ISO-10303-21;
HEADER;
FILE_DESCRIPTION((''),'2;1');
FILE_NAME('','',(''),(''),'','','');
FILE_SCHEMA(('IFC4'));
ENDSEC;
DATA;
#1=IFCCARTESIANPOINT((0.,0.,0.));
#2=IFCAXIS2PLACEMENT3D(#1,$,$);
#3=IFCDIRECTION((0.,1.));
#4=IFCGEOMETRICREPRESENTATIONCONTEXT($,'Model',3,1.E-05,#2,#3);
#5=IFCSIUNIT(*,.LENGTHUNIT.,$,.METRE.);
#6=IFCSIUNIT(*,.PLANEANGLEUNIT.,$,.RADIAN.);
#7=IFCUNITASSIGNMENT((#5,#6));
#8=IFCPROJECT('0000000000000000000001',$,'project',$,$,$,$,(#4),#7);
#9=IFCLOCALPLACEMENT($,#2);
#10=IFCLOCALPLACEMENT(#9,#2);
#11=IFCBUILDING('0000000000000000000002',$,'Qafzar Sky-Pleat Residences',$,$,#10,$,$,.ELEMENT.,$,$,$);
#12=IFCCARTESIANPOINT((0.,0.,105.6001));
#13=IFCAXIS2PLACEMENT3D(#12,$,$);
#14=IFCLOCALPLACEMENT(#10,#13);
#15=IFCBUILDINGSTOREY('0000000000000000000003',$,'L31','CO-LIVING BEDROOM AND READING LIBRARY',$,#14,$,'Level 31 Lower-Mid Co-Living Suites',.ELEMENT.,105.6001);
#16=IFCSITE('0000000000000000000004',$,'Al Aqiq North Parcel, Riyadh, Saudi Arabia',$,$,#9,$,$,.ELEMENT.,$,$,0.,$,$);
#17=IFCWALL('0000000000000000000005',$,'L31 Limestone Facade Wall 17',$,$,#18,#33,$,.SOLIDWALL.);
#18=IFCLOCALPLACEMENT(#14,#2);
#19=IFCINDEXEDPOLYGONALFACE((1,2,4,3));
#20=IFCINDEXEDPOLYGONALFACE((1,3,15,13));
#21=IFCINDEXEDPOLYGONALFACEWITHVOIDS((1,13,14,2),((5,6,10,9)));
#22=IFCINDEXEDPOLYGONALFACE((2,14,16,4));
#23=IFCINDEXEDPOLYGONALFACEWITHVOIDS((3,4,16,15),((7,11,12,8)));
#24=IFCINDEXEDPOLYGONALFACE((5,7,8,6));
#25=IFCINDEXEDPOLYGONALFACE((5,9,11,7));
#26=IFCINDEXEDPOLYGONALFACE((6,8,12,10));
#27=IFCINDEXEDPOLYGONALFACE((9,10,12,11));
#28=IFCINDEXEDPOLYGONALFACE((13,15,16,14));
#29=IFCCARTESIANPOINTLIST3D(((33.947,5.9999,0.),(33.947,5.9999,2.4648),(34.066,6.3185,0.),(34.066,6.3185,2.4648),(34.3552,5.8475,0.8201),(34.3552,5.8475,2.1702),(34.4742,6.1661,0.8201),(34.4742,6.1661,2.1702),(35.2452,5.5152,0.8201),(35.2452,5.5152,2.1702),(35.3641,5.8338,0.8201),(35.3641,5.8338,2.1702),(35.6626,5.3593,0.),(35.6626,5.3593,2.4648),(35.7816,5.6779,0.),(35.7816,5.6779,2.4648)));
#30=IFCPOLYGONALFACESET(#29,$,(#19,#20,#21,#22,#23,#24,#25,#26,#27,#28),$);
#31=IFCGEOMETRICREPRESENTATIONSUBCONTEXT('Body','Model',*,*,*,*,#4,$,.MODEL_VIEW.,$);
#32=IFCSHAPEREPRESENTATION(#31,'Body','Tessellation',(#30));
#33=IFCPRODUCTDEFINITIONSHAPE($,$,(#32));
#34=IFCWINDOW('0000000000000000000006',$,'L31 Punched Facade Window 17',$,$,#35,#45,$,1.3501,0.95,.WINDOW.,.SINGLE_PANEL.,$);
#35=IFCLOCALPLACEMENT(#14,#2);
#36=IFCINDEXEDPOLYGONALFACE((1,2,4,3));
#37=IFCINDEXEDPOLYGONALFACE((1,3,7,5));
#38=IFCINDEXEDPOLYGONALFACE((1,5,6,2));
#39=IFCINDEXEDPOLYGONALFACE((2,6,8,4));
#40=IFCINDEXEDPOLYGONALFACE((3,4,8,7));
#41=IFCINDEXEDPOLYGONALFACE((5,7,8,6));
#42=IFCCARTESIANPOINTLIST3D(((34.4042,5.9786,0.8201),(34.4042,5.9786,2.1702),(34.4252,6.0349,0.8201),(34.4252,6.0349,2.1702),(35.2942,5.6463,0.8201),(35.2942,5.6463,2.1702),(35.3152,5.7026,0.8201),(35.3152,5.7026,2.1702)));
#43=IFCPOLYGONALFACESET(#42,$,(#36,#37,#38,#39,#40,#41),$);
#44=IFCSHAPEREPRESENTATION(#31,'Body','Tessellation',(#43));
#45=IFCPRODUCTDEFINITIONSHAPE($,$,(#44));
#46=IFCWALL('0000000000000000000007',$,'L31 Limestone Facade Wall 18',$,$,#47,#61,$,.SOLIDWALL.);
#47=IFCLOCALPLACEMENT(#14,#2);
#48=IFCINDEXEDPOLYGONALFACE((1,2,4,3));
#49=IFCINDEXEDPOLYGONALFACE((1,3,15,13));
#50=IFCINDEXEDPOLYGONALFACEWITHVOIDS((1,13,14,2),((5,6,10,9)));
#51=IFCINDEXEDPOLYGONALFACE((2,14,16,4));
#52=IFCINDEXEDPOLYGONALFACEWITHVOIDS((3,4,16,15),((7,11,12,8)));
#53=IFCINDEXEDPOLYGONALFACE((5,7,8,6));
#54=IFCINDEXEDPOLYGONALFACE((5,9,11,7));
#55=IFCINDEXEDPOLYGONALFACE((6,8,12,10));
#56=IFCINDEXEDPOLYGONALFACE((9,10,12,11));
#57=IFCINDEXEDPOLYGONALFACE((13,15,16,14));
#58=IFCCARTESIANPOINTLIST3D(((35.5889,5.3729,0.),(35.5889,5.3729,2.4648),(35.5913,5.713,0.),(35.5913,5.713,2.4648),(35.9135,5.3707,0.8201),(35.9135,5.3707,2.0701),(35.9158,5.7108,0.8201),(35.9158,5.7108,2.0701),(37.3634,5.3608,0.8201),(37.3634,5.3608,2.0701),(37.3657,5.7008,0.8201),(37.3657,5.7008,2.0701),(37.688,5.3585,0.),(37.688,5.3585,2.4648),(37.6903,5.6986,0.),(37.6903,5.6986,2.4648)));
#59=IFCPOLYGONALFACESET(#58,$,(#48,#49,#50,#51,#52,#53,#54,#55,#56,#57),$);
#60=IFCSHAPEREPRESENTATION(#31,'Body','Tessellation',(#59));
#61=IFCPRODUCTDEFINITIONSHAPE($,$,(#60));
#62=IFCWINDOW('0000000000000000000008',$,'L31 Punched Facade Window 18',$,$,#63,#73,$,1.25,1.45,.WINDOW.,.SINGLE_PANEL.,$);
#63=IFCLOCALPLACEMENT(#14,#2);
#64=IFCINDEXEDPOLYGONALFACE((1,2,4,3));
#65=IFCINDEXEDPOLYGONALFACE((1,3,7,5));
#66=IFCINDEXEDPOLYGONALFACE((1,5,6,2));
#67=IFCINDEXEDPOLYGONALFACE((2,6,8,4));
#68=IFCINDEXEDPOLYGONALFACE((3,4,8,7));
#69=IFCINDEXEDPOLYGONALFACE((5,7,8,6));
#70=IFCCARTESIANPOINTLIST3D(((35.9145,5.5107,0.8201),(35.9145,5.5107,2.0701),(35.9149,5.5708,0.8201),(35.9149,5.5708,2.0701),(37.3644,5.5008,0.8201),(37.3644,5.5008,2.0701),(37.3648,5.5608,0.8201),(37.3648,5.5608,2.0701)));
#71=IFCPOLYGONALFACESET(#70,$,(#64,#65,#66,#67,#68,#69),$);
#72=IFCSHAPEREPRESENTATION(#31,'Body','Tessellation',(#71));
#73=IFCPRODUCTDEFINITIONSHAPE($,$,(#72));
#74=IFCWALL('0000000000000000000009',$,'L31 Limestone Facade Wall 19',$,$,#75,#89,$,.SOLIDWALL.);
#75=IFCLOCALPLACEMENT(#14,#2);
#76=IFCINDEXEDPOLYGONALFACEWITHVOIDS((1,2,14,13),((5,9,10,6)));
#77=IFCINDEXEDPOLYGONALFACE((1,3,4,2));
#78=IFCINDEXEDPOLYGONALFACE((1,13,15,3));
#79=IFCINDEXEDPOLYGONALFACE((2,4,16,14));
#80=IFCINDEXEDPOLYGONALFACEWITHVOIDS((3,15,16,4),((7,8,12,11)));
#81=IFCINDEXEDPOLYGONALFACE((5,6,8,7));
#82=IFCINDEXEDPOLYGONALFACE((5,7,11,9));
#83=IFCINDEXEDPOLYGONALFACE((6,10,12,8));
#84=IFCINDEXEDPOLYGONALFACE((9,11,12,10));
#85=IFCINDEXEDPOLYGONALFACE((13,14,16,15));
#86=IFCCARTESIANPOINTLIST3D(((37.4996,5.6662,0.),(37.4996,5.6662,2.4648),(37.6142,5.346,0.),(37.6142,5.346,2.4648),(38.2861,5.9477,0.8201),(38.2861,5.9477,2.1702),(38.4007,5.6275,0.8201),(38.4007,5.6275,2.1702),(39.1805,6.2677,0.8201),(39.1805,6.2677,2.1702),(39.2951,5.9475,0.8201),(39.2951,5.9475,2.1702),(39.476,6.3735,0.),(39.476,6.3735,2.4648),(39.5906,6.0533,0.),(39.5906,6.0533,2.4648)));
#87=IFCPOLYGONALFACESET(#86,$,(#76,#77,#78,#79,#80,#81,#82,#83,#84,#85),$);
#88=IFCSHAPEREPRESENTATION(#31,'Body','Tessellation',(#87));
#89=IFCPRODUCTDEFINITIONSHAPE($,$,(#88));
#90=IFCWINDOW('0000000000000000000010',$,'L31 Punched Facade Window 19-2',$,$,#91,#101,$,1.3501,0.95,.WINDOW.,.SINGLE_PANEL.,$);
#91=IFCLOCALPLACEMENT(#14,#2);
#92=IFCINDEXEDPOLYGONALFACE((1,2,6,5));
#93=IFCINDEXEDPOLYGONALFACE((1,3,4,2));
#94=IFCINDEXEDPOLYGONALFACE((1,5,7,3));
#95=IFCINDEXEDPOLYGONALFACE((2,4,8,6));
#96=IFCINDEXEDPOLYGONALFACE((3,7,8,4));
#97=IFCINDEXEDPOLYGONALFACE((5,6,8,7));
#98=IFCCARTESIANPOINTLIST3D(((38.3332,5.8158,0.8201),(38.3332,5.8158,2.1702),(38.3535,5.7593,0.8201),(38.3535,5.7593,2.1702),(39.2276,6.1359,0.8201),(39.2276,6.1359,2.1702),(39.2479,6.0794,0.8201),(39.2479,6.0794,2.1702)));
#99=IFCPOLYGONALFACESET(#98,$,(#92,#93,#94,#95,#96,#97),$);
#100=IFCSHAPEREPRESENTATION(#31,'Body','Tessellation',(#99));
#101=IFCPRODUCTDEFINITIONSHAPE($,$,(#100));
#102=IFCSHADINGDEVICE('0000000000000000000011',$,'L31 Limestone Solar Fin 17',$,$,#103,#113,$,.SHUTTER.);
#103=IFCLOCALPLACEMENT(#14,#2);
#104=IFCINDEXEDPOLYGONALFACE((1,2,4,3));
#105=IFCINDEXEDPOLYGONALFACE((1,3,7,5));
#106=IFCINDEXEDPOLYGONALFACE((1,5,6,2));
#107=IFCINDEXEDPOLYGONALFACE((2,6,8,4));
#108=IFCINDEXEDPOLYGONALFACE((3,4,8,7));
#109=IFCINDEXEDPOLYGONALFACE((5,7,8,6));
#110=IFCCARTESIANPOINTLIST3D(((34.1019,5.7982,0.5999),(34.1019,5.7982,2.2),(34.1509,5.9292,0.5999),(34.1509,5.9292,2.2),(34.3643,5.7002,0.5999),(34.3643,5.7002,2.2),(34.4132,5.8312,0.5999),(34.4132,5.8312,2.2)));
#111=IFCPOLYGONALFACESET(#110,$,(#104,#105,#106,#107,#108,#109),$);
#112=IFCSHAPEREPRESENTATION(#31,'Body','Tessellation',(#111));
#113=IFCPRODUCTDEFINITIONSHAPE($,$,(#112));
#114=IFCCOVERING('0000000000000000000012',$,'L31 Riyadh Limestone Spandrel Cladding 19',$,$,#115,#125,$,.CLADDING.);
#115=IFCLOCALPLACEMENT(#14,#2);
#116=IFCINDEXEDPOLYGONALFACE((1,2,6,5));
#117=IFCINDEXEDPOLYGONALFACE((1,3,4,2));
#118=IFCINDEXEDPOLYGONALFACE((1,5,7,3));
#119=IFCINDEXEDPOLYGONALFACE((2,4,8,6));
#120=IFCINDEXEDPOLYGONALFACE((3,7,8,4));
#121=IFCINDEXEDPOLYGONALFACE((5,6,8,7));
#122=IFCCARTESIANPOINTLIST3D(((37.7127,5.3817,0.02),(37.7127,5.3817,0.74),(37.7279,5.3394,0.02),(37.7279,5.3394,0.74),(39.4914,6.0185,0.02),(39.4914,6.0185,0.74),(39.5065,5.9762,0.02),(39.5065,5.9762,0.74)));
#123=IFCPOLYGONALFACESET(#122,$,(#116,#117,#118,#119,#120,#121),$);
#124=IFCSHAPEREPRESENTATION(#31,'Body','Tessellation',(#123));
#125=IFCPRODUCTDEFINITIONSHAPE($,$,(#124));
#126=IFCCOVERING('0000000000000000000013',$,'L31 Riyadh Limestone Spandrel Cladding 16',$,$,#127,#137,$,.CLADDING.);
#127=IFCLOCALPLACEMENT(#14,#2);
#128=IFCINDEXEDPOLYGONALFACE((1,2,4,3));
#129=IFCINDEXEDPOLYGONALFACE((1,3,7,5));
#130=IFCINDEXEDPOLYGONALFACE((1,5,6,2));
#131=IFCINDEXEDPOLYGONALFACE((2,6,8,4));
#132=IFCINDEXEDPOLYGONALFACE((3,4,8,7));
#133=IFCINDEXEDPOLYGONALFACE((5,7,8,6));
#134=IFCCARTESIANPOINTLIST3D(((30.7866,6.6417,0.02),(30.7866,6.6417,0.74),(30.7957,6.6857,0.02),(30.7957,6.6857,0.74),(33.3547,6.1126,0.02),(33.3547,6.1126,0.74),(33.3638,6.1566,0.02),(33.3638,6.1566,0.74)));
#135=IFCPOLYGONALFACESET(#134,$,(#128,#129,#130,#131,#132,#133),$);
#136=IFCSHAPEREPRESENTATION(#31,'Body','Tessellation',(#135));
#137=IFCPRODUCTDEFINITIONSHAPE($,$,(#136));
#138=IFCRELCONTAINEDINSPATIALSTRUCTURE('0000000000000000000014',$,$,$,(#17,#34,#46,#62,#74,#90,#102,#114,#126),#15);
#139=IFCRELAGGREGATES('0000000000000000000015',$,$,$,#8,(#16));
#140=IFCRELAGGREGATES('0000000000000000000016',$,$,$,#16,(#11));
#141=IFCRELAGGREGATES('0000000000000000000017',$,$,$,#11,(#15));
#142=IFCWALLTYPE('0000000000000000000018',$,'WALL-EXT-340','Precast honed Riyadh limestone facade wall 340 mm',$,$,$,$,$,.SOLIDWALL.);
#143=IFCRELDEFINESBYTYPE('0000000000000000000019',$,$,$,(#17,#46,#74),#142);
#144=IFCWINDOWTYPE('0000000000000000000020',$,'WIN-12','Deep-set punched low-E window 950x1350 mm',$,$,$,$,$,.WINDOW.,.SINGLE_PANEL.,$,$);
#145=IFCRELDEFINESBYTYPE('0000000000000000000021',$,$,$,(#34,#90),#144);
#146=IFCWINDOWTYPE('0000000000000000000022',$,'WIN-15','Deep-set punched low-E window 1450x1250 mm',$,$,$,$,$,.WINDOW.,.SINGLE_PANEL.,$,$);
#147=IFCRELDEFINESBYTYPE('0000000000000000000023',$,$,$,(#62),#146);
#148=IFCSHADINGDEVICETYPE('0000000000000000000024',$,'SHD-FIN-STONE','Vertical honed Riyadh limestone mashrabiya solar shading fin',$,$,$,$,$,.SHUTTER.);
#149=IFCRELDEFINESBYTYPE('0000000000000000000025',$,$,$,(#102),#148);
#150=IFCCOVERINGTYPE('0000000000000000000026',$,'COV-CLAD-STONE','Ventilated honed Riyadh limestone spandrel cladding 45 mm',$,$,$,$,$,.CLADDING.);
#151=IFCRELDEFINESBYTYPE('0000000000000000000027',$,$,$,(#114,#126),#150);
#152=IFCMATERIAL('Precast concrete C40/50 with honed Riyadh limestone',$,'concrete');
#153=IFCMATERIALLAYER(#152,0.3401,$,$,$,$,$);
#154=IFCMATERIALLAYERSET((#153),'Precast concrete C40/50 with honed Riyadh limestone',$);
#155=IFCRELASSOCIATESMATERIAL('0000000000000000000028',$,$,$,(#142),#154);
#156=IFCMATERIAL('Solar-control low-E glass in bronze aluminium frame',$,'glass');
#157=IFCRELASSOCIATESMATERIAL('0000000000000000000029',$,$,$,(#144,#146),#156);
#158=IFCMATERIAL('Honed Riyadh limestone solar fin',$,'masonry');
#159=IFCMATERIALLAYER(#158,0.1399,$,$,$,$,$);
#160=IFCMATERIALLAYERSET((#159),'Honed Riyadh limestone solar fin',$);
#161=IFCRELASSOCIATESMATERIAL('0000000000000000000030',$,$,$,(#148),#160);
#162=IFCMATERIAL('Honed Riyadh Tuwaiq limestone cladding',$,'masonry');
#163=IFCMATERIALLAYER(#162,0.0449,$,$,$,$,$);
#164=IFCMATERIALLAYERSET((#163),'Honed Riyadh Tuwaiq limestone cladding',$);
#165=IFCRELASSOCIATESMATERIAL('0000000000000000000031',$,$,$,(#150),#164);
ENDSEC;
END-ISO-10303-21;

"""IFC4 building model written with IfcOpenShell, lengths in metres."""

from ifc_helpers import new_model, si_unit, direction, frame, frame_2d, origin, origin_2d, place, context, subcontext, project, spatial, rectangle, extrude, source, transform, mapped, material, layer, layer_set, type_object, element, fill, save


model = new_model("IFC4")

# Units and contexts
model_context = context("Model", 3, precision=1e-05, world=origin(), true_north=direction((0.0, 1.0)))
body_context = subcontext(model_context, "Body", "Model", "MODEL_VIEW")
ifc_project = project(units=[si_unit("LENGTHUNIT", "METRE"), si_unit("PLANEANGLEUNIT", "RADIAN")], contexts=[model_context])

# Site, building, storey
site_placement = place(None, origin())
site = spatial("IfcSite", under=ifc_project, at=site_placement, Name="Al Aqiq North Parcel, Riyadh, Saudi Arabia", CompositionType="ELEMENT", RefElevation=0.0)
building_placement = place(site_placement, origin())
building = spatial("IfcBuilding", under=site, at=building_placement, Name="Qafzar Sky-Pleat Residences", CompositionType="ELEMENT")
storey_placement = place(building_placement, frame((0.0, 0.0, 105.6001)))
storey = spatial("IfcBuildingStorey", under=building, at=storey_placement, Name="L31", Description="CO-LIVING BEDROOM AND READING LIBRARY", LongName="Level 31 Lower-Mid Co-Living Suites", CompositionType="ELEMENT", Elevation=105.6001)

# Shared definitions
ifc_material_1 = material(Name="Precast concrete C40/50 with honed Riyadh limestone", Category="concrete")
ifc_layer_1 = layer(ifc_material_1, 0.3401)
ifc_layer_set_1 = layer_set([ifc_layer_1], Name="Precast concrete C40/50 with honed Riyadh limestone")
wall_type_1 = type_object("IfcWallType", Name="WALL-EXT-340", Description="Precast honed Riyadh limestone facade wall 340 mm", PredefinedType="SOLIDWALL", material=ifc_layer_set_1)
ifc_material_2 = material(Name="Solar-control low-E glass in bronze aluminium frame", Category="glass")
window_type_1 = type_object("IfcWindowType", Name="WIN-12", Description="Deep-set punched low-E window 950x1350 mm", PartitioningType="SINGLE_PANEL", PredefinedType="WINDOW", material=ifc_material_2)
shared_shape_1 = source(origin(), body_context, "Body", "SweptSolid", [
    extrude(rectangle(XDim=0.95, YDim=1.3501, at=frame_2d((0.4751, 0.675))), frame((0.0, 0.03, 0.0), z_axis=(0.0, -1.0, 0.0), x_axis=(1.0, 0.0, 0.0)), (0.0, 0.0, 1.0), 0.0601),
])

# Walls, openings, windows
wall_1_placement = place(storey_placement, frame((34.0066, 6.1592, 0.0), z_axis=(0.0, 0.0, 1.0), x_axis=(0.936816, -0.349823, 0.0)))
wall_1 = element("IfcWall", 1, at=wall_1_placement, inside=storey, type_object=wall_type_1, Name="L31 Limestone Facade Wall 17", PredefinedType="SOLIDWALL", context=body_context, shape_type="SweptSolid", body=[
    extrude(rectangle(XDim=1.8313, YDim=0.3401, at=frame_2d((0.9155, 0.0))), origin(), (0.0, 0.0, 1.0), 2.4648),
])
opening_1_placement = place(wall_1_placement, frame((0.4355, 0.0, 0.8201)))
opening_1 = element("IfcOpeningElement", 2, at=opening_1_placement, cuts=wall_1, PredefinedType="OPENING", context=body_context, shape_type="SweptSolid", body=[
    extrude(rectangle(XDim=0.95, YDim=1.3501, at=frame_2d((0.4751, 0.675))), frame((0.0, 0.1802, 0.0), z_axis=(0.0, -1.0, 0.0), x_axis=(1.0, 0.0, 0.0)), (0.0, 0.0, 1.0), 0.3601),
])
window_1_placement = place(opening_1_placement, origin())
window_1 = element("IfcWindow", 3, at=window_1_placement, inside=storey, type_object=window_type_1, Name="L31 Punched Facade Window 17", OverallHeight=1.3501, OverallWidth=0.95, PartitioningType="SINGLE_PANEL", PredefinedType="WINDOW", context=body_context, shape_type="MappedRepresentation", body=[
    mapped(shared_shape_1, transform((0.0, 0.0, 0.0), x_axis=(1.0, 0.0, 0.0), y_axis=(0.0, 1.0, 0.0), z_axis=(0.0, 0.0, 1.0), scale=1.0)),
])
fill(opening_1, window_1)
wall_2_placement = place(storey_placement, frame((35.5901, 5.543, 0.0), z_axis=(0.0, 0.0, 1.0), x_axis=(0.999976, -0.006862, 0.0)))
wall_2 = element("IfcWall", 4, at=wall_2_placement, inside=storey, type_object=wall_type_1, Name="L31 Limestone Facade Wall 18", PredefinedType="SOLIDWALL", context=body_context, shape_type="SweptSolid", body=[
    extrude(rectangle(XDim=2.0991, YDim=0.3401, at=frame_2d((1.0496, 0.0))), origin(), (0.0, 0.0, 1.0), 2.4648),
])
opening_2_placement = place(wall_2_placement, frame((0.3245, 0.0, 0.8201)))
opening_2 = element("IfcOpeningElement", 5, at=opening_2_placement, cuts=wall_2, PredefinedType="OPENING", context=body_context, shape_type="SweptSolid", body=[
    extrude(rectangle(XDim=1.45, YDim=1.25, at=frame_2d((0.7251, 0.625))), frame((0.0, 0.1802, 0.0), z_axis=(0.0, -1.0, 0.0), x_axis=(1.0, 0.0, 0.0)), (0.0, 0.0, 1.0), 0.3601),
])
window_type_2 = type_object("IfcWindowType", Name="WIN-15", Description="Deep-set punched low-E window 1450x1250 mm", PartitioningType="SINGLE_PANEL", PredefinedType="WINDOW", material=ifc_material_2)
shared_shape_2 = source(origin(), body_context, "Body", "SweptSolid", [
    extrude(rectangle(XDim=1.45, YDim=1.25, at=frame_2d((0.7251, 0.625))), frame((0.0, 0.03, 0.0), z_axis=(0.0, -1.0, 0.0), x_axis=(1.0, 0.0, 0.0)), (0.0, 0.0, 1.0), 0.0601),
])
window_2_placement = place(opening_2_placement, origin())
window_2 = element("IfcWindow", 6, at=window_2_placement, inside=storey, type_object=window_type_2, Name="L31 Punched Facade Window 18", OverallHeight=1.25, OverallWidth=1.45, PartitioningType="SINGLE_PANEL", PredefinedType="WINDOW", context=body_context, shape_type="MappedRepresentation", body=[
    mapped(shared_shape_2, transform((0.0, 0.0, 0.0), x_axis=(1.0, 0.0, 0.0), y_axis=(0.0, 1.0, 0.0), z_axis=(0.0, 0.0, 1.0), scale=1.0)),
])
fill(opening_2, window_2)
wall_3_placement = place(storey_placement, frame((37.5569, 5.5061, 0.0), z_axis=(0.0, 0.0, 1.0), x_axis=(0.941523, 0.336948, 0.0)))
wall_3 = element("IfcWall", 7, at=wall_3_placement, inside=storey, type_object=wall_type_1, Name="L31 Limestone Facade Wall 19", PredefinedType="SOLIDWALL", context=body_context, shape_type="SweptSolid", body=[
    extrude(rectangle(XDim=2.0991, YDim=0.3401, at=frame_2d((1.0496, 0.0))), origin(), (0.0, 0.0, 1.0), 2.4648),
])
opening_3_placement = place(wall_3_placement, frame((0.8352, 0.0, 0.8201)))
opening_3 = element("IfcOpeningElement", 8, at=opening_3_placement, cuts=wall_3, PredefinedType="OPENING", context=body_context, shape_type="SweptSolid", body=[
    extrude(rectangle(XDim=0.95, YDim=1.3501, at=frame_2d((0.4751, 0.675))), frame((0.0, 0.1802, 0.0), z_axis=(0.0, -1.0, 0.0), x_axis=(1.0, 0.0, 0.0)), (0.0, 0.0, 1.0), 0.3601),
])
window_3_placement = place(opening_3_placement, origin())
window_3 = element("IfcWindow", 9, at=window_3_placement, inside=storey, type_object=window_type_1, Name="L31 Punched Facade Window 19-2", OverallHeight=1.3501, OverallWidth=0.95, PartitioningType="SINGLE_PANEL", PredefinedType="WINDOW", context=body_context, shape_type="MappedRepresentation", body=[
    mapped(shared_shape_1, transform((0.0, 0.0, 0.0), x_axis=(1.0, 0.0, 0.0), y_axis=(0.0, 1.0, 0.0), z_axis=(0.0, 0.0, 1.0), scale=1.0)),
])
fill(opening_3, window_3)

# Shading device
ifc_material_3 = material(Name="Honed Riyadh limestone solar fin", Category="masonry")
ifc_layer_2 = layer(ifc_material_3, 0.1399)
ifc_layer_set_2 = layer_set([ifc_layer_2], Name="Honed Riyadh limestone solar fin")
shading_device_type = type_object("IfcShadingDeviceType", Name="SHD-FIN-STONE", Description="Vertical honed Riyadh limestone mashrabiya solar shading fin", PredefinedType="SHUTTER", material=ifc_layer_set_2)
shared_shape_3 = source(origin(), body_context, "Body", "SweptSolid", [
    extrude(rectangle(XDim=0.1399, YDim=0.28, at=origin_2d()), origin(), (0.0, 0.0, 1.0), 1.6001),
])
shading_device_placement = place(storey_placement, frame((34.2576, 5.8147, 0.5999), z_axis=(0.0, 0.0, 1.0), x_axis=(-0.349866, -0.9368, 0.0)))
element("IfcShadingDevice", 10, at=shading_device_placement, inside=storey, type_object=shading_device_type, Name="L31 Limestone Solar Fin 17", PredefinedType="SHUTTER", context=body_context, shape_type="MappedRepresentation", body=[
    mapped(shared_shape_3, transform((0.0, 0.0, 0.0), x_axis=(1.0, 0.0, 0.0), y_axis=(0.0, 1.0, 0.0), z_axis=(0.0, 0.0, 1.0), scale=1.0)),
])

# Coverings
ifc_material_4 = material(Name="Honed Riyadh Tuwaiq limestone cladding", Category="masonry")
ifc_layer_3 = layer(ifc_material_4, 0.0449)
ifc_layer_set_3 = layer_set([ifc_layer_3], Name="Honed Riyadh Tuwaiq limestone cladding")
covering_type = type_object("IfcCoveringType", Name="COV-CLAD-STONE", Description="Ventilated honed Riyadh limestone spandrel cladding 45 mm", PredefinedType="CLADDING", material=ifc_layer_set_3)
shared_shape_4 = source(origin(), body_context, "Body", "SweptSolid", [
    extrude(rectangle(XDim=1.8892, YDim=0.0449, at=origin_2d()), origin(), (0.0, 0.0, 1.0), 0.72),
])
covering_1_placement = place(storey_placement, frame((38.6096, 5.679, 0.02), z_axis=(0.0, 0.0, 1.0), x_axis=(0.941488, 0.337045, 0.0)))
element("IfcCovering", 11, at=covering_1_placement, inside=storey, type_object=covering_type, Name="L31 Riyadh Limestone Spandrel Cladding 19", PredefinedType="CLADDING", context=body_context, shape_type="MappedRepresentation", body=[
    mapped(shared_shape_4, transform((0.0, 0.0, 0.0), x_axis=(1.0, 0.0, 0.0), y_axis=(0.0, 1.0, 0.0), z_axis=(0.0, 0.0, 1.0), scale=1.0)),
])
shared_shape_5 = source(origin(), body_context, "Body", "SweptSolid", [
    extrude(rectangle(XDim=2.6221, YDim=0.0449, at=origin_2d()), origin(), (0.0, 0.0, 1.0), 0.72),
])
covering_2_placement = place(storey_placement, frame((32.0752, 6.3992, 0.02), z_axis=(0.0, 0.0, 1.0), x_axis=(0.979429, -0.201789, 0.0)))
element("IfcCovering", 12, at=covering_2_placement, inside=storey, type_object=covering_type, Name="L31 Riyadh Limestone Spandrel Cladding 16", PredefinedType="CLADDING", context=body_context, shape_type="MappedRepresentation", body=[
    mapped(shared_shape_5, transform((0.0, 0.0, 0.0), x_axis=(1.0, 0.0, 0.0), y_axis=(0.0, 1.0, 0.0), z_axis=(0.0, 0.0, 1.0), scale=1.0)),
])

save(model, "model.ifc")
